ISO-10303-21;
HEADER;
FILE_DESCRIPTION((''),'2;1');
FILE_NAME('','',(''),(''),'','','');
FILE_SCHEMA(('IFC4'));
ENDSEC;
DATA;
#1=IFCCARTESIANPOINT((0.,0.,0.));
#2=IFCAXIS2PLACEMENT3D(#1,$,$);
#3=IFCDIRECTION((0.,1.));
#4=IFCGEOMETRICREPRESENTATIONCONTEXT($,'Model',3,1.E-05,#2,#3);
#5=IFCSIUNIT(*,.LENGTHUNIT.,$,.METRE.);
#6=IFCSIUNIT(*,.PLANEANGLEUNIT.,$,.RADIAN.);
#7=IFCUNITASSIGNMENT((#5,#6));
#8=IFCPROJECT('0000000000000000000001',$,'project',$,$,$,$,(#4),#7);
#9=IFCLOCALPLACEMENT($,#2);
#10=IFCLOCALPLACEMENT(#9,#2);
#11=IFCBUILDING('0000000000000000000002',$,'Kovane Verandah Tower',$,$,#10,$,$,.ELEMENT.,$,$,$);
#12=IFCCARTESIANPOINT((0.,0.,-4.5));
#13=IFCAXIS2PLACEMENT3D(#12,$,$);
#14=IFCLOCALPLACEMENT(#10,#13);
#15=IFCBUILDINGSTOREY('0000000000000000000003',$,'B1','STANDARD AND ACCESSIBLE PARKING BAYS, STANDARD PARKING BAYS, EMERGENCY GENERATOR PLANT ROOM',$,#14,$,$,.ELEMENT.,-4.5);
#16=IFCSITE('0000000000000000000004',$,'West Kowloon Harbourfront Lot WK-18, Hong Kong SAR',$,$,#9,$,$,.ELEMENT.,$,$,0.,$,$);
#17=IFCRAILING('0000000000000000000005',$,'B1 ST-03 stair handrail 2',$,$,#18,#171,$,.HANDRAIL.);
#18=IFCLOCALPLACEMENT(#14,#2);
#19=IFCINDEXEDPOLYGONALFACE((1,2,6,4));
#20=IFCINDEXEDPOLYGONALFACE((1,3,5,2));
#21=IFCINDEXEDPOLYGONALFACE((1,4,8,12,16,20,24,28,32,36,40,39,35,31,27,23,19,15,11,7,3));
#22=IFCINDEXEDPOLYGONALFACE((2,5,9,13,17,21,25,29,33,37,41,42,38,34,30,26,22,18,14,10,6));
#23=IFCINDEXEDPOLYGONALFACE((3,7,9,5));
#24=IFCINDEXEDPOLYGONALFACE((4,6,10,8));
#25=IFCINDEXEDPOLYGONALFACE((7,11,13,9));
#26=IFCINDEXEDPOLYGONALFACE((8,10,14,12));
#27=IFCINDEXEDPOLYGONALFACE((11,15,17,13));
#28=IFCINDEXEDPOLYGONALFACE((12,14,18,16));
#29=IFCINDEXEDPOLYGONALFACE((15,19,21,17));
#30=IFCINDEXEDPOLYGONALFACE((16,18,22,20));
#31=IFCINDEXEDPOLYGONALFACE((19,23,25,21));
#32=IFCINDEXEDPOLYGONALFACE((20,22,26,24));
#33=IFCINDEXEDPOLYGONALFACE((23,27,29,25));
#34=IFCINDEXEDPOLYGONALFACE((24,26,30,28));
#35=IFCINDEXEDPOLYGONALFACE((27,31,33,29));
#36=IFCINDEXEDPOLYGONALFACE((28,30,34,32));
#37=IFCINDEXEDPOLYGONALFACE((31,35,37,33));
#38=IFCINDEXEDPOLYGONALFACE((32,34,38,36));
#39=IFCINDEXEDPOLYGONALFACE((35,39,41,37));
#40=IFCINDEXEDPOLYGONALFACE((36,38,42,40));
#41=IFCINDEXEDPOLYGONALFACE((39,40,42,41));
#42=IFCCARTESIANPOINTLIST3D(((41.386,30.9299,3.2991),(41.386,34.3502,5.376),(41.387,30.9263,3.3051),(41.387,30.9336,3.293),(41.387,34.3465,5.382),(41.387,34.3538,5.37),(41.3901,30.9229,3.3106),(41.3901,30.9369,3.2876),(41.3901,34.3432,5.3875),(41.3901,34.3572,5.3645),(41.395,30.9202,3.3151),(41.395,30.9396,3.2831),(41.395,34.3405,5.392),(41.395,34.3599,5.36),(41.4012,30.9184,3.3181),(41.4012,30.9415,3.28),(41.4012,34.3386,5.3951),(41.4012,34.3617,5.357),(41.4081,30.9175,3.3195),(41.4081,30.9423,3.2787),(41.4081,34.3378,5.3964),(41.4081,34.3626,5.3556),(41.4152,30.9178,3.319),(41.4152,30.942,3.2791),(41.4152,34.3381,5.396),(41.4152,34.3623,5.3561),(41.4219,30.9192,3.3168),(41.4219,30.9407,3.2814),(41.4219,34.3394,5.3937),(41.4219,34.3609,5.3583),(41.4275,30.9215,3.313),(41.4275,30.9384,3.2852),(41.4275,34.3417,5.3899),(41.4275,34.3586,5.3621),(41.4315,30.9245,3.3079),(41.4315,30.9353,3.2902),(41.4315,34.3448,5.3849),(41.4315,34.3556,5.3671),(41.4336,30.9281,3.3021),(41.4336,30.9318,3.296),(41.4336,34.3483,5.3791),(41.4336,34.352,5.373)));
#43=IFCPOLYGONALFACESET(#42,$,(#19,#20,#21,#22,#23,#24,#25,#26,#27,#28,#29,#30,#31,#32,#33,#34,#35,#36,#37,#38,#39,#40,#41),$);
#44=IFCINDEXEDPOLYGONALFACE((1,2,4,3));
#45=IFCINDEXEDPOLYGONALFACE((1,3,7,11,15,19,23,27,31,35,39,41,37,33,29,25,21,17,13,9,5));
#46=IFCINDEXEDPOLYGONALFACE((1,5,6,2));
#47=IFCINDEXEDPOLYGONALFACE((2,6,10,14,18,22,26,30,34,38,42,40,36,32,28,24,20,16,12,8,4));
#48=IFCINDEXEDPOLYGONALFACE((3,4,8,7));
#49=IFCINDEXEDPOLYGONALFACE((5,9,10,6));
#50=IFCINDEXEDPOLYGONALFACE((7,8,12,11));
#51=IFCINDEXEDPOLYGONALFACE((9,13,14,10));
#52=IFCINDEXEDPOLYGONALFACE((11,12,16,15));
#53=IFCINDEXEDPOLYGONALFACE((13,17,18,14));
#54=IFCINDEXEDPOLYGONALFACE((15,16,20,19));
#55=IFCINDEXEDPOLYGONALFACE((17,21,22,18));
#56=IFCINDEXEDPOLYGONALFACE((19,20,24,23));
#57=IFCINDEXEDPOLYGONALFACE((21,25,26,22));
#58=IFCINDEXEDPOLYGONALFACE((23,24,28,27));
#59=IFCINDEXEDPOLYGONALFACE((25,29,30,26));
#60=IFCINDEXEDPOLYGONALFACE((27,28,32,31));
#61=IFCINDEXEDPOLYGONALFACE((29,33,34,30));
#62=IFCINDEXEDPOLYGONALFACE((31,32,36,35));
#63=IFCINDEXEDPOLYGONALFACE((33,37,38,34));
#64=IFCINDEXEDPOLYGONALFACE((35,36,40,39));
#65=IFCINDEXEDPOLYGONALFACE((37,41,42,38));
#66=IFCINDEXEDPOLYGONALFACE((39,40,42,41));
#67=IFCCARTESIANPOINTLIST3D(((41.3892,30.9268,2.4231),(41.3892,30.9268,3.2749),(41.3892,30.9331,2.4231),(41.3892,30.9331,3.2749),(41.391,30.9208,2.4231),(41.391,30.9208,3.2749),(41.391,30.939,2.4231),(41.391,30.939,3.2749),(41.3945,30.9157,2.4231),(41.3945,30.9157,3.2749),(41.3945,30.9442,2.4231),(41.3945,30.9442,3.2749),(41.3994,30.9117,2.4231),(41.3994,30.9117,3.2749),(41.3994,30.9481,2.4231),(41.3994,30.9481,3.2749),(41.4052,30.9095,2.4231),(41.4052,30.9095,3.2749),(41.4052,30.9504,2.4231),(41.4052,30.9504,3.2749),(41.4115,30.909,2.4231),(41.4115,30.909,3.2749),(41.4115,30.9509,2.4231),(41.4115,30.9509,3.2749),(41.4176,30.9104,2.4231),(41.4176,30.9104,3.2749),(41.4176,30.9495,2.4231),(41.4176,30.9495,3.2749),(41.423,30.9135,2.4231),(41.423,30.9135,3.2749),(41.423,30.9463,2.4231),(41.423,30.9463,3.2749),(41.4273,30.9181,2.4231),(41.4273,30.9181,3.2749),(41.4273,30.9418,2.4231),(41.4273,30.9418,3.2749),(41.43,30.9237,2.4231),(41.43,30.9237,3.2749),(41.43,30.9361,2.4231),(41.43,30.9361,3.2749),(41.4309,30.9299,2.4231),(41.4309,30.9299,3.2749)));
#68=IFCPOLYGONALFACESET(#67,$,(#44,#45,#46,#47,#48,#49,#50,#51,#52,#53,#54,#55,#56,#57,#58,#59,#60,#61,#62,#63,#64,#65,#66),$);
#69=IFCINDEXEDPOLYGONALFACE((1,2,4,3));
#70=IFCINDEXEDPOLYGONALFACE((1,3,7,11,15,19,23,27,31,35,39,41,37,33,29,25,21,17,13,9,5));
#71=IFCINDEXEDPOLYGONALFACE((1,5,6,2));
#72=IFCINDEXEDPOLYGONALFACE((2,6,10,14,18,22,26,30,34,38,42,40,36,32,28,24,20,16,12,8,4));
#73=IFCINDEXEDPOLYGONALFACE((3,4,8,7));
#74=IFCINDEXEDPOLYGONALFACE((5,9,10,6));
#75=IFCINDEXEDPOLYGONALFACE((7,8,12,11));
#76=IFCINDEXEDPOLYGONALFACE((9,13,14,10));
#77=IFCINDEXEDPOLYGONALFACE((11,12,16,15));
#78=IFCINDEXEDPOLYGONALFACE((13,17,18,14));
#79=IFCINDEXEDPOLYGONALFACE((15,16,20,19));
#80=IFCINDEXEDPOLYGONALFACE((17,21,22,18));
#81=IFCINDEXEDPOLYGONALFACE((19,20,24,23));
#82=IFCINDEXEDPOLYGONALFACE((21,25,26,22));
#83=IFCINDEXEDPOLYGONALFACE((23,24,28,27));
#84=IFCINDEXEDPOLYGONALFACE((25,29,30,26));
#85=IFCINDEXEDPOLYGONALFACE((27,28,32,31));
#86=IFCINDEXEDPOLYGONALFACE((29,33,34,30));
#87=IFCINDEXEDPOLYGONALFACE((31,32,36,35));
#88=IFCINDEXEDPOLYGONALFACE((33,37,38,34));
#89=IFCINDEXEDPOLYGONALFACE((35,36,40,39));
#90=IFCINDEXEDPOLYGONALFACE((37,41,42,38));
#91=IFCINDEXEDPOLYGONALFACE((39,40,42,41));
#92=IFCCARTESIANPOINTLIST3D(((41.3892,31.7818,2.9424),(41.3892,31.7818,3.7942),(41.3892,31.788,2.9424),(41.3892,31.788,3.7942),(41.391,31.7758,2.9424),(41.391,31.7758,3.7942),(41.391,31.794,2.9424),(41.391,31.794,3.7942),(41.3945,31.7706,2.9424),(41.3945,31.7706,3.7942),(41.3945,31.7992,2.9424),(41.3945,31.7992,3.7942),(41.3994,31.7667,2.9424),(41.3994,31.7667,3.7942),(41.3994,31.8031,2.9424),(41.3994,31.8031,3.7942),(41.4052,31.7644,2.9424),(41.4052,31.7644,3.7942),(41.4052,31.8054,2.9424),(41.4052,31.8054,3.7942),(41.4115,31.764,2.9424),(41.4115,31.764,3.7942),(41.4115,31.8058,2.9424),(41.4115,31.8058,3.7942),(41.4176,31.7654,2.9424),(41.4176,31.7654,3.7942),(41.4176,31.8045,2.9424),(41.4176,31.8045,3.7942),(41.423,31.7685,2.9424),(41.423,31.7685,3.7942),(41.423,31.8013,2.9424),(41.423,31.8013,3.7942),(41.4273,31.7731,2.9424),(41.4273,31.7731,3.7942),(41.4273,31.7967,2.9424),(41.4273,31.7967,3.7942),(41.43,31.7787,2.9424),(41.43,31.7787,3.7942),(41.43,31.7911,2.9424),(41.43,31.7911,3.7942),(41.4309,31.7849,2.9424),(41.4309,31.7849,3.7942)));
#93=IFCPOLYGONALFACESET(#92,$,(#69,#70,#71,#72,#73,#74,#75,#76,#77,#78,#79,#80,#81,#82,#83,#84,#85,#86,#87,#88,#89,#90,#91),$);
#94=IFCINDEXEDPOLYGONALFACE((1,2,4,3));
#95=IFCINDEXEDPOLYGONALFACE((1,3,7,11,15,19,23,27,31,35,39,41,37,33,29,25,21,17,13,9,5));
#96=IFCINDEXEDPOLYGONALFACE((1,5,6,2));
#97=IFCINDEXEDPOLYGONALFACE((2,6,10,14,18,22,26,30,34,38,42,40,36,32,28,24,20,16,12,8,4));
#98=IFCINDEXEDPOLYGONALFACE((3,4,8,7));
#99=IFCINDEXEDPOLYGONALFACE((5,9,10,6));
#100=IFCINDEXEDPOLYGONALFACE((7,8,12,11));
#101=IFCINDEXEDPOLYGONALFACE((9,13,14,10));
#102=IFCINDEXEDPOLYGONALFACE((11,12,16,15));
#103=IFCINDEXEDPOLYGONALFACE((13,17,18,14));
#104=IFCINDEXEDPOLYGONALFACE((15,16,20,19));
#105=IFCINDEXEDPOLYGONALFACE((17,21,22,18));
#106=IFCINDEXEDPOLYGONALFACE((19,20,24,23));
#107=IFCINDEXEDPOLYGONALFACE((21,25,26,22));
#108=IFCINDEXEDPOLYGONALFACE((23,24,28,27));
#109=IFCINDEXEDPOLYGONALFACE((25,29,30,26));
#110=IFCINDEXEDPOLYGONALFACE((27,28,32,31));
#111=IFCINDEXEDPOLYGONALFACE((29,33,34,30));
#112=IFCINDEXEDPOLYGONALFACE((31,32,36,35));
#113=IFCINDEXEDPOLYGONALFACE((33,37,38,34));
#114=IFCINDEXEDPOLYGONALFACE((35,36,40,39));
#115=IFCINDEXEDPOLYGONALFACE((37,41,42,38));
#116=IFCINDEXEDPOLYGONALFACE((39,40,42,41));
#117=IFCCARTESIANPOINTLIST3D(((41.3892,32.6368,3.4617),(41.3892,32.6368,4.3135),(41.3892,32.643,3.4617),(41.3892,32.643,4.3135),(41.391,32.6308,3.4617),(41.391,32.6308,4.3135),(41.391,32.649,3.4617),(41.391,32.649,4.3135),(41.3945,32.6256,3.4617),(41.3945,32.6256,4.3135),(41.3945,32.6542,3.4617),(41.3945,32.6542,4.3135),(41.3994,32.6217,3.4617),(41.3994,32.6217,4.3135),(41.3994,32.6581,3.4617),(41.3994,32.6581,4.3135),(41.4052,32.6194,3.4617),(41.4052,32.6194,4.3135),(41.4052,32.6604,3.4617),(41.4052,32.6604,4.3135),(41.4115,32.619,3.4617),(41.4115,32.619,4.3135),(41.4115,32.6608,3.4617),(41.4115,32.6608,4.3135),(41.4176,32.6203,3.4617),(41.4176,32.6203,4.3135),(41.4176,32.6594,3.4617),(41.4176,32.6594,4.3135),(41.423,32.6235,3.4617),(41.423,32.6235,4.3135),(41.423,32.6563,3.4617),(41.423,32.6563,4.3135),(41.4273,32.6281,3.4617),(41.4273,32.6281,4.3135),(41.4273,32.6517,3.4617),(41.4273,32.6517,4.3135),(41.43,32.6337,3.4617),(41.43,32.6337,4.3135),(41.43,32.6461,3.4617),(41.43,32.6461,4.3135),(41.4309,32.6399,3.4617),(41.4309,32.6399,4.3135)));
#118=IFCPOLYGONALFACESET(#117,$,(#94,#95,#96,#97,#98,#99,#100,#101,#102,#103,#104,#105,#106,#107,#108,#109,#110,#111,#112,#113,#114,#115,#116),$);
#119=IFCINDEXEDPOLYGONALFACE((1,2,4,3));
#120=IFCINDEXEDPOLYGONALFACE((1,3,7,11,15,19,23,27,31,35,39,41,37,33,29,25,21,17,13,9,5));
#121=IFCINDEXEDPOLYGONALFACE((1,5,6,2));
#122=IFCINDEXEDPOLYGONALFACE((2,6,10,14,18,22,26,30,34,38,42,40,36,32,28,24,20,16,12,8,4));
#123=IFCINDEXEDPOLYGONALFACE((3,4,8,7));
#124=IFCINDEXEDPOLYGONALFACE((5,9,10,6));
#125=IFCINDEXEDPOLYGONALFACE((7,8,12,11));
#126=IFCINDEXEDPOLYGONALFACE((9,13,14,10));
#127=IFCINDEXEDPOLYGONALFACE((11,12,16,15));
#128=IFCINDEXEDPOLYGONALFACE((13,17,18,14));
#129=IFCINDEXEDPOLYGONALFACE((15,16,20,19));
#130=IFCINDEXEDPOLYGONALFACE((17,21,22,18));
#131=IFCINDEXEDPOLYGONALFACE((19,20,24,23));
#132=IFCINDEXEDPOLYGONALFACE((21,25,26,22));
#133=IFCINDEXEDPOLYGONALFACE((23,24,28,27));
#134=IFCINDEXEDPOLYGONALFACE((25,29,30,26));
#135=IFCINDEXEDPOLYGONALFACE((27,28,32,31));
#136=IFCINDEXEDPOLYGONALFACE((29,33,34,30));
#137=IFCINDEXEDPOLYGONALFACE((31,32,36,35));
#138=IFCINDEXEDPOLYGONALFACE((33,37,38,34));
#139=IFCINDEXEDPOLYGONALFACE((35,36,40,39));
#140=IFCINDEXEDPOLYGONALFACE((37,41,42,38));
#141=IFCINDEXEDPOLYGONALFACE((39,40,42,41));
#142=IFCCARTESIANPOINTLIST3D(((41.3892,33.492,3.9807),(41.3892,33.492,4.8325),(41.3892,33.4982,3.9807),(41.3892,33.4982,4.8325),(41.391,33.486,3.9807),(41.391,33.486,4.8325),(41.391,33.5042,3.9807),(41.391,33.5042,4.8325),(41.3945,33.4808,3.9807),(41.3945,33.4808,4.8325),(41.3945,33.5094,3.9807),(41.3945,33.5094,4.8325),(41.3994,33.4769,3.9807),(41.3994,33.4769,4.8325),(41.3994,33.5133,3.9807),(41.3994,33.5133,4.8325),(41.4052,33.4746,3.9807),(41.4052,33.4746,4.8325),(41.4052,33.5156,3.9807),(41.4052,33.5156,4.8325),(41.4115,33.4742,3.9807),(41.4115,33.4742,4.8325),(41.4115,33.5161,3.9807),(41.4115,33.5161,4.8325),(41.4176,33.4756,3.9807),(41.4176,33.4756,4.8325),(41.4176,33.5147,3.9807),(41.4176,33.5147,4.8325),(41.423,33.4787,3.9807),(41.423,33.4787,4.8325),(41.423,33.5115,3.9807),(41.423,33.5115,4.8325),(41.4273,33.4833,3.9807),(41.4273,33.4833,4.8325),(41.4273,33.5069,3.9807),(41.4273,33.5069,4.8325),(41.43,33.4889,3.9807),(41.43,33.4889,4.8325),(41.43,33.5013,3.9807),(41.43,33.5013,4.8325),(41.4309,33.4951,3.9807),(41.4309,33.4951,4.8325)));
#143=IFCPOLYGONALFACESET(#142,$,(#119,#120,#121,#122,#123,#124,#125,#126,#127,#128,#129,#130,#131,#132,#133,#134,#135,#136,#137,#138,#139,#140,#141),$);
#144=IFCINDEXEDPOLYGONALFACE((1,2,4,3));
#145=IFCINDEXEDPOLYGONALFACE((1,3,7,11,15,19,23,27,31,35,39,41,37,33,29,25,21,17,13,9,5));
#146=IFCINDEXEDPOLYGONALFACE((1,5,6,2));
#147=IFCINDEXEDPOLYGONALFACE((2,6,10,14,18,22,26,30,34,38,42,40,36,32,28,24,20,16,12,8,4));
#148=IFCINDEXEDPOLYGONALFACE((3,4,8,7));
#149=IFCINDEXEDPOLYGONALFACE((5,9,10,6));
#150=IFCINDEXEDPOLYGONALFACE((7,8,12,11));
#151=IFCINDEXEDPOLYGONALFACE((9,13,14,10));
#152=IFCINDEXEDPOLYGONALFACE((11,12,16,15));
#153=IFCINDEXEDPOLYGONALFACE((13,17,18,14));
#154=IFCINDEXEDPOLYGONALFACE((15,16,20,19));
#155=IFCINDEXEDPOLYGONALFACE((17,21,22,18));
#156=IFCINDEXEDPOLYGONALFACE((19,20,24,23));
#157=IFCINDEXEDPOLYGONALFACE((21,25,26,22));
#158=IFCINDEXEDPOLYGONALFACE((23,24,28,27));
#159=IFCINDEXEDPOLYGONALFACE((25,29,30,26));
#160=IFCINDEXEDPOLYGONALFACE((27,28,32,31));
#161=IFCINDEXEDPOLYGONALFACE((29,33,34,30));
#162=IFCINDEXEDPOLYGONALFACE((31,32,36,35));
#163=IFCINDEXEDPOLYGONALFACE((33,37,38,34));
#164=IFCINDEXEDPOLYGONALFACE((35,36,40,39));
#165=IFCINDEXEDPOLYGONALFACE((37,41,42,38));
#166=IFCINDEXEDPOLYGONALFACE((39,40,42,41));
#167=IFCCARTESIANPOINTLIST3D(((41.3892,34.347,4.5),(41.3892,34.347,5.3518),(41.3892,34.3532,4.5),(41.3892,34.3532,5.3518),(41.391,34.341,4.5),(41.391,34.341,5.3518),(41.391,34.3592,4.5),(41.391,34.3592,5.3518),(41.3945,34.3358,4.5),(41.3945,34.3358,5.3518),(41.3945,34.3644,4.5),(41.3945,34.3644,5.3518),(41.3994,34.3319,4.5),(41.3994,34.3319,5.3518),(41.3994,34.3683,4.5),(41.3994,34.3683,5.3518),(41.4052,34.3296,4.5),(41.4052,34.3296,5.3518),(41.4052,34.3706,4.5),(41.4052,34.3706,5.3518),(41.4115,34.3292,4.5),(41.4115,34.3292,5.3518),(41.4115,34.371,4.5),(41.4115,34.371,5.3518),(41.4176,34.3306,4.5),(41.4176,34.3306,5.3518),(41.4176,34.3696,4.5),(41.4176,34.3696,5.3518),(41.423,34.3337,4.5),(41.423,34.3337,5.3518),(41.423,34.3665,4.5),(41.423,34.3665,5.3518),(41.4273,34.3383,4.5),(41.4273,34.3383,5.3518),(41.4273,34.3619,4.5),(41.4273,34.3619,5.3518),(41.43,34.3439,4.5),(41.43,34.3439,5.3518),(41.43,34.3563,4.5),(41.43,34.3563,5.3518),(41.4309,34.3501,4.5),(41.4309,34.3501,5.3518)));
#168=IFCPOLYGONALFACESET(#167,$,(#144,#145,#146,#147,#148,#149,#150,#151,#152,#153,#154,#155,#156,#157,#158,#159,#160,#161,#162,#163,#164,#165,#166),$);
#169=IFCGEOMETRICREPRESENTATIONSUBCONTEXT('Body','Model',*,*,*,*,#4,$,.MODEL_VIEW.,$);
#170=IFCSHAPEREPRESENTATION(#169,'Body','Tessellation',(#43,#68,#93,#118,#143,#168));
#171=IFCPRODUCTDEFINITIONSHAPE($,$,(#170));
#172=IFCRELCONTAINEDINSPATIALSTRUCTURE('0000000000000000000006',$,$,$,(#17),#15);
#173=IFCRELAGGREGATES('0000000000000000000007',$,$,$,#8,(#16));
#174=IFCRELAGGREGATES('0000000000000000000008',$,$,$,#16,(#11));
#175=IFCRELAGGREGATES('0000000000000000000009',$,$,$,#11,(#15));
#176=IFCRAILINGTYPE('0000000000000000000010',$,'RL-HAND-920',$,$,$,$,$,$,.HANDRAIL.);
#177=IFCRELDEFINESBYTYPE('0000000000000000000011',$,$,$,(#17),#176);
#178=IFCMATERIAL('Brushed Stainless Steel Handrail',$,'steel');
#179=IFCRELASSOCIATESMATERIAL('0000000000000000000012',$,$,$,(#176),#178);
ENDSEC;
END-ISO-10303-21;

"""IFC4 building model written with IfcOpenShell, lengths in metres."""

from ifc_helpers import new_model, si_unit, direction, frame, origin, origin_2d, place, context, subcontext, project, spatial, circle, extrude, material, type_object, element, save


model = new_model("IFC4")

# Units and contexts
model_context = context("Model", 3, precision=1e-05, world=origin(), true_north=direction((0.0, 1.0)))
body_context = subcontext(model_context, "Body", "Model", "MODEL_VIEW")
ifc_project = project(units=[si_unit("LENGTHUNIT", "METRE"), si_unit("PLANEANGLEUNIT", "RADIAN")], contexts=[model_context])

# Site, building, storey
site_placement = place(None, origin())
site = spatial("IfcSite", under=ifc_project, at=site_placement, Name="West Kowloon Harbourfront Lot WK-18, Hong Kong SAR", CompositionType="ELEMENT", RefElevation=0.0)
building_placement = place(site_placement, origin())
building = spatial("IfcBuilding", under=site, at=building_placement, Name="Kovane Verandah Tower", CompositionType="ELEMENT")
storey_placement = place(building_placement, frame((0.0, 0.0, -4.5)))
storey = spatial("IfcBuildingStorey", under=building, at=storey_placement, Name="B1", Description="STANDARD AND ACCESSIBLE PARKING BAYS, STANDARD PARKING BAYS, EMERGENCY GENERATOR PLANT ROOM", CompositionType="ELEMENT", Elevation=-4.5)

# Railing
ifc_material_1 = material(Name="Brushed Stainless Steel Handrail", Category="steel")
railing_type_1 = type_object("IfcRailingType", Name="RL-HAND-920", PredefinedType="HANDRAIL", material=ifc_material_1)
railing_1_placement = place(storey_placement, frame((41.4099, 30.9299, 2.4231)))
element("IfcRailing", 1, at=railing_1_placement, inside=storey, type_object=railing_type_1, Name="B1 ST-03 stair handrail 2", PredefinedType="HANDRAIL", context=body_context, shape_type="SweptSolid", body=[
    extrude(circle(Radius=0.0239, at=origin_2d()), frame((0.0, 0.0, 0.876), z_axis=(0.0, 0.854746, 0.519047), x_axis=(-1.0, 0.0, 0.0)), (0.0, 0.0, 1.0), 4.0015),
    extrude(circle(Radius=0.021, at=origin_2d()), origin(), (0.0, 0.0, 1.0), 0.8518),
    extrude(circle(Radius=0.021, at=origin_2d()), frame((0.0, 0.855, 0.5193)), (0.0, 0.0, 1.0), 0.8518),
    extrude(circle(Radius=0.021, at=origin_2d()), frame((0.0, 1.71, 1.0386)), (0.0, 0.0, 1.0), 0.8518),
    extrude(circle(Radius=0.021, at=origin_2d()), frame((0.0, 2.5652, 1.5576)), (0.0, 0.0, 1.0), 0.8518),
    extrude(circle(Radius=0.021, at=origin_2d()), frame((0.0, 3.4202, 2.0769)), (0.0, 0.0, 1.0), 0.8518),
])

save(model, "model.ifc")
